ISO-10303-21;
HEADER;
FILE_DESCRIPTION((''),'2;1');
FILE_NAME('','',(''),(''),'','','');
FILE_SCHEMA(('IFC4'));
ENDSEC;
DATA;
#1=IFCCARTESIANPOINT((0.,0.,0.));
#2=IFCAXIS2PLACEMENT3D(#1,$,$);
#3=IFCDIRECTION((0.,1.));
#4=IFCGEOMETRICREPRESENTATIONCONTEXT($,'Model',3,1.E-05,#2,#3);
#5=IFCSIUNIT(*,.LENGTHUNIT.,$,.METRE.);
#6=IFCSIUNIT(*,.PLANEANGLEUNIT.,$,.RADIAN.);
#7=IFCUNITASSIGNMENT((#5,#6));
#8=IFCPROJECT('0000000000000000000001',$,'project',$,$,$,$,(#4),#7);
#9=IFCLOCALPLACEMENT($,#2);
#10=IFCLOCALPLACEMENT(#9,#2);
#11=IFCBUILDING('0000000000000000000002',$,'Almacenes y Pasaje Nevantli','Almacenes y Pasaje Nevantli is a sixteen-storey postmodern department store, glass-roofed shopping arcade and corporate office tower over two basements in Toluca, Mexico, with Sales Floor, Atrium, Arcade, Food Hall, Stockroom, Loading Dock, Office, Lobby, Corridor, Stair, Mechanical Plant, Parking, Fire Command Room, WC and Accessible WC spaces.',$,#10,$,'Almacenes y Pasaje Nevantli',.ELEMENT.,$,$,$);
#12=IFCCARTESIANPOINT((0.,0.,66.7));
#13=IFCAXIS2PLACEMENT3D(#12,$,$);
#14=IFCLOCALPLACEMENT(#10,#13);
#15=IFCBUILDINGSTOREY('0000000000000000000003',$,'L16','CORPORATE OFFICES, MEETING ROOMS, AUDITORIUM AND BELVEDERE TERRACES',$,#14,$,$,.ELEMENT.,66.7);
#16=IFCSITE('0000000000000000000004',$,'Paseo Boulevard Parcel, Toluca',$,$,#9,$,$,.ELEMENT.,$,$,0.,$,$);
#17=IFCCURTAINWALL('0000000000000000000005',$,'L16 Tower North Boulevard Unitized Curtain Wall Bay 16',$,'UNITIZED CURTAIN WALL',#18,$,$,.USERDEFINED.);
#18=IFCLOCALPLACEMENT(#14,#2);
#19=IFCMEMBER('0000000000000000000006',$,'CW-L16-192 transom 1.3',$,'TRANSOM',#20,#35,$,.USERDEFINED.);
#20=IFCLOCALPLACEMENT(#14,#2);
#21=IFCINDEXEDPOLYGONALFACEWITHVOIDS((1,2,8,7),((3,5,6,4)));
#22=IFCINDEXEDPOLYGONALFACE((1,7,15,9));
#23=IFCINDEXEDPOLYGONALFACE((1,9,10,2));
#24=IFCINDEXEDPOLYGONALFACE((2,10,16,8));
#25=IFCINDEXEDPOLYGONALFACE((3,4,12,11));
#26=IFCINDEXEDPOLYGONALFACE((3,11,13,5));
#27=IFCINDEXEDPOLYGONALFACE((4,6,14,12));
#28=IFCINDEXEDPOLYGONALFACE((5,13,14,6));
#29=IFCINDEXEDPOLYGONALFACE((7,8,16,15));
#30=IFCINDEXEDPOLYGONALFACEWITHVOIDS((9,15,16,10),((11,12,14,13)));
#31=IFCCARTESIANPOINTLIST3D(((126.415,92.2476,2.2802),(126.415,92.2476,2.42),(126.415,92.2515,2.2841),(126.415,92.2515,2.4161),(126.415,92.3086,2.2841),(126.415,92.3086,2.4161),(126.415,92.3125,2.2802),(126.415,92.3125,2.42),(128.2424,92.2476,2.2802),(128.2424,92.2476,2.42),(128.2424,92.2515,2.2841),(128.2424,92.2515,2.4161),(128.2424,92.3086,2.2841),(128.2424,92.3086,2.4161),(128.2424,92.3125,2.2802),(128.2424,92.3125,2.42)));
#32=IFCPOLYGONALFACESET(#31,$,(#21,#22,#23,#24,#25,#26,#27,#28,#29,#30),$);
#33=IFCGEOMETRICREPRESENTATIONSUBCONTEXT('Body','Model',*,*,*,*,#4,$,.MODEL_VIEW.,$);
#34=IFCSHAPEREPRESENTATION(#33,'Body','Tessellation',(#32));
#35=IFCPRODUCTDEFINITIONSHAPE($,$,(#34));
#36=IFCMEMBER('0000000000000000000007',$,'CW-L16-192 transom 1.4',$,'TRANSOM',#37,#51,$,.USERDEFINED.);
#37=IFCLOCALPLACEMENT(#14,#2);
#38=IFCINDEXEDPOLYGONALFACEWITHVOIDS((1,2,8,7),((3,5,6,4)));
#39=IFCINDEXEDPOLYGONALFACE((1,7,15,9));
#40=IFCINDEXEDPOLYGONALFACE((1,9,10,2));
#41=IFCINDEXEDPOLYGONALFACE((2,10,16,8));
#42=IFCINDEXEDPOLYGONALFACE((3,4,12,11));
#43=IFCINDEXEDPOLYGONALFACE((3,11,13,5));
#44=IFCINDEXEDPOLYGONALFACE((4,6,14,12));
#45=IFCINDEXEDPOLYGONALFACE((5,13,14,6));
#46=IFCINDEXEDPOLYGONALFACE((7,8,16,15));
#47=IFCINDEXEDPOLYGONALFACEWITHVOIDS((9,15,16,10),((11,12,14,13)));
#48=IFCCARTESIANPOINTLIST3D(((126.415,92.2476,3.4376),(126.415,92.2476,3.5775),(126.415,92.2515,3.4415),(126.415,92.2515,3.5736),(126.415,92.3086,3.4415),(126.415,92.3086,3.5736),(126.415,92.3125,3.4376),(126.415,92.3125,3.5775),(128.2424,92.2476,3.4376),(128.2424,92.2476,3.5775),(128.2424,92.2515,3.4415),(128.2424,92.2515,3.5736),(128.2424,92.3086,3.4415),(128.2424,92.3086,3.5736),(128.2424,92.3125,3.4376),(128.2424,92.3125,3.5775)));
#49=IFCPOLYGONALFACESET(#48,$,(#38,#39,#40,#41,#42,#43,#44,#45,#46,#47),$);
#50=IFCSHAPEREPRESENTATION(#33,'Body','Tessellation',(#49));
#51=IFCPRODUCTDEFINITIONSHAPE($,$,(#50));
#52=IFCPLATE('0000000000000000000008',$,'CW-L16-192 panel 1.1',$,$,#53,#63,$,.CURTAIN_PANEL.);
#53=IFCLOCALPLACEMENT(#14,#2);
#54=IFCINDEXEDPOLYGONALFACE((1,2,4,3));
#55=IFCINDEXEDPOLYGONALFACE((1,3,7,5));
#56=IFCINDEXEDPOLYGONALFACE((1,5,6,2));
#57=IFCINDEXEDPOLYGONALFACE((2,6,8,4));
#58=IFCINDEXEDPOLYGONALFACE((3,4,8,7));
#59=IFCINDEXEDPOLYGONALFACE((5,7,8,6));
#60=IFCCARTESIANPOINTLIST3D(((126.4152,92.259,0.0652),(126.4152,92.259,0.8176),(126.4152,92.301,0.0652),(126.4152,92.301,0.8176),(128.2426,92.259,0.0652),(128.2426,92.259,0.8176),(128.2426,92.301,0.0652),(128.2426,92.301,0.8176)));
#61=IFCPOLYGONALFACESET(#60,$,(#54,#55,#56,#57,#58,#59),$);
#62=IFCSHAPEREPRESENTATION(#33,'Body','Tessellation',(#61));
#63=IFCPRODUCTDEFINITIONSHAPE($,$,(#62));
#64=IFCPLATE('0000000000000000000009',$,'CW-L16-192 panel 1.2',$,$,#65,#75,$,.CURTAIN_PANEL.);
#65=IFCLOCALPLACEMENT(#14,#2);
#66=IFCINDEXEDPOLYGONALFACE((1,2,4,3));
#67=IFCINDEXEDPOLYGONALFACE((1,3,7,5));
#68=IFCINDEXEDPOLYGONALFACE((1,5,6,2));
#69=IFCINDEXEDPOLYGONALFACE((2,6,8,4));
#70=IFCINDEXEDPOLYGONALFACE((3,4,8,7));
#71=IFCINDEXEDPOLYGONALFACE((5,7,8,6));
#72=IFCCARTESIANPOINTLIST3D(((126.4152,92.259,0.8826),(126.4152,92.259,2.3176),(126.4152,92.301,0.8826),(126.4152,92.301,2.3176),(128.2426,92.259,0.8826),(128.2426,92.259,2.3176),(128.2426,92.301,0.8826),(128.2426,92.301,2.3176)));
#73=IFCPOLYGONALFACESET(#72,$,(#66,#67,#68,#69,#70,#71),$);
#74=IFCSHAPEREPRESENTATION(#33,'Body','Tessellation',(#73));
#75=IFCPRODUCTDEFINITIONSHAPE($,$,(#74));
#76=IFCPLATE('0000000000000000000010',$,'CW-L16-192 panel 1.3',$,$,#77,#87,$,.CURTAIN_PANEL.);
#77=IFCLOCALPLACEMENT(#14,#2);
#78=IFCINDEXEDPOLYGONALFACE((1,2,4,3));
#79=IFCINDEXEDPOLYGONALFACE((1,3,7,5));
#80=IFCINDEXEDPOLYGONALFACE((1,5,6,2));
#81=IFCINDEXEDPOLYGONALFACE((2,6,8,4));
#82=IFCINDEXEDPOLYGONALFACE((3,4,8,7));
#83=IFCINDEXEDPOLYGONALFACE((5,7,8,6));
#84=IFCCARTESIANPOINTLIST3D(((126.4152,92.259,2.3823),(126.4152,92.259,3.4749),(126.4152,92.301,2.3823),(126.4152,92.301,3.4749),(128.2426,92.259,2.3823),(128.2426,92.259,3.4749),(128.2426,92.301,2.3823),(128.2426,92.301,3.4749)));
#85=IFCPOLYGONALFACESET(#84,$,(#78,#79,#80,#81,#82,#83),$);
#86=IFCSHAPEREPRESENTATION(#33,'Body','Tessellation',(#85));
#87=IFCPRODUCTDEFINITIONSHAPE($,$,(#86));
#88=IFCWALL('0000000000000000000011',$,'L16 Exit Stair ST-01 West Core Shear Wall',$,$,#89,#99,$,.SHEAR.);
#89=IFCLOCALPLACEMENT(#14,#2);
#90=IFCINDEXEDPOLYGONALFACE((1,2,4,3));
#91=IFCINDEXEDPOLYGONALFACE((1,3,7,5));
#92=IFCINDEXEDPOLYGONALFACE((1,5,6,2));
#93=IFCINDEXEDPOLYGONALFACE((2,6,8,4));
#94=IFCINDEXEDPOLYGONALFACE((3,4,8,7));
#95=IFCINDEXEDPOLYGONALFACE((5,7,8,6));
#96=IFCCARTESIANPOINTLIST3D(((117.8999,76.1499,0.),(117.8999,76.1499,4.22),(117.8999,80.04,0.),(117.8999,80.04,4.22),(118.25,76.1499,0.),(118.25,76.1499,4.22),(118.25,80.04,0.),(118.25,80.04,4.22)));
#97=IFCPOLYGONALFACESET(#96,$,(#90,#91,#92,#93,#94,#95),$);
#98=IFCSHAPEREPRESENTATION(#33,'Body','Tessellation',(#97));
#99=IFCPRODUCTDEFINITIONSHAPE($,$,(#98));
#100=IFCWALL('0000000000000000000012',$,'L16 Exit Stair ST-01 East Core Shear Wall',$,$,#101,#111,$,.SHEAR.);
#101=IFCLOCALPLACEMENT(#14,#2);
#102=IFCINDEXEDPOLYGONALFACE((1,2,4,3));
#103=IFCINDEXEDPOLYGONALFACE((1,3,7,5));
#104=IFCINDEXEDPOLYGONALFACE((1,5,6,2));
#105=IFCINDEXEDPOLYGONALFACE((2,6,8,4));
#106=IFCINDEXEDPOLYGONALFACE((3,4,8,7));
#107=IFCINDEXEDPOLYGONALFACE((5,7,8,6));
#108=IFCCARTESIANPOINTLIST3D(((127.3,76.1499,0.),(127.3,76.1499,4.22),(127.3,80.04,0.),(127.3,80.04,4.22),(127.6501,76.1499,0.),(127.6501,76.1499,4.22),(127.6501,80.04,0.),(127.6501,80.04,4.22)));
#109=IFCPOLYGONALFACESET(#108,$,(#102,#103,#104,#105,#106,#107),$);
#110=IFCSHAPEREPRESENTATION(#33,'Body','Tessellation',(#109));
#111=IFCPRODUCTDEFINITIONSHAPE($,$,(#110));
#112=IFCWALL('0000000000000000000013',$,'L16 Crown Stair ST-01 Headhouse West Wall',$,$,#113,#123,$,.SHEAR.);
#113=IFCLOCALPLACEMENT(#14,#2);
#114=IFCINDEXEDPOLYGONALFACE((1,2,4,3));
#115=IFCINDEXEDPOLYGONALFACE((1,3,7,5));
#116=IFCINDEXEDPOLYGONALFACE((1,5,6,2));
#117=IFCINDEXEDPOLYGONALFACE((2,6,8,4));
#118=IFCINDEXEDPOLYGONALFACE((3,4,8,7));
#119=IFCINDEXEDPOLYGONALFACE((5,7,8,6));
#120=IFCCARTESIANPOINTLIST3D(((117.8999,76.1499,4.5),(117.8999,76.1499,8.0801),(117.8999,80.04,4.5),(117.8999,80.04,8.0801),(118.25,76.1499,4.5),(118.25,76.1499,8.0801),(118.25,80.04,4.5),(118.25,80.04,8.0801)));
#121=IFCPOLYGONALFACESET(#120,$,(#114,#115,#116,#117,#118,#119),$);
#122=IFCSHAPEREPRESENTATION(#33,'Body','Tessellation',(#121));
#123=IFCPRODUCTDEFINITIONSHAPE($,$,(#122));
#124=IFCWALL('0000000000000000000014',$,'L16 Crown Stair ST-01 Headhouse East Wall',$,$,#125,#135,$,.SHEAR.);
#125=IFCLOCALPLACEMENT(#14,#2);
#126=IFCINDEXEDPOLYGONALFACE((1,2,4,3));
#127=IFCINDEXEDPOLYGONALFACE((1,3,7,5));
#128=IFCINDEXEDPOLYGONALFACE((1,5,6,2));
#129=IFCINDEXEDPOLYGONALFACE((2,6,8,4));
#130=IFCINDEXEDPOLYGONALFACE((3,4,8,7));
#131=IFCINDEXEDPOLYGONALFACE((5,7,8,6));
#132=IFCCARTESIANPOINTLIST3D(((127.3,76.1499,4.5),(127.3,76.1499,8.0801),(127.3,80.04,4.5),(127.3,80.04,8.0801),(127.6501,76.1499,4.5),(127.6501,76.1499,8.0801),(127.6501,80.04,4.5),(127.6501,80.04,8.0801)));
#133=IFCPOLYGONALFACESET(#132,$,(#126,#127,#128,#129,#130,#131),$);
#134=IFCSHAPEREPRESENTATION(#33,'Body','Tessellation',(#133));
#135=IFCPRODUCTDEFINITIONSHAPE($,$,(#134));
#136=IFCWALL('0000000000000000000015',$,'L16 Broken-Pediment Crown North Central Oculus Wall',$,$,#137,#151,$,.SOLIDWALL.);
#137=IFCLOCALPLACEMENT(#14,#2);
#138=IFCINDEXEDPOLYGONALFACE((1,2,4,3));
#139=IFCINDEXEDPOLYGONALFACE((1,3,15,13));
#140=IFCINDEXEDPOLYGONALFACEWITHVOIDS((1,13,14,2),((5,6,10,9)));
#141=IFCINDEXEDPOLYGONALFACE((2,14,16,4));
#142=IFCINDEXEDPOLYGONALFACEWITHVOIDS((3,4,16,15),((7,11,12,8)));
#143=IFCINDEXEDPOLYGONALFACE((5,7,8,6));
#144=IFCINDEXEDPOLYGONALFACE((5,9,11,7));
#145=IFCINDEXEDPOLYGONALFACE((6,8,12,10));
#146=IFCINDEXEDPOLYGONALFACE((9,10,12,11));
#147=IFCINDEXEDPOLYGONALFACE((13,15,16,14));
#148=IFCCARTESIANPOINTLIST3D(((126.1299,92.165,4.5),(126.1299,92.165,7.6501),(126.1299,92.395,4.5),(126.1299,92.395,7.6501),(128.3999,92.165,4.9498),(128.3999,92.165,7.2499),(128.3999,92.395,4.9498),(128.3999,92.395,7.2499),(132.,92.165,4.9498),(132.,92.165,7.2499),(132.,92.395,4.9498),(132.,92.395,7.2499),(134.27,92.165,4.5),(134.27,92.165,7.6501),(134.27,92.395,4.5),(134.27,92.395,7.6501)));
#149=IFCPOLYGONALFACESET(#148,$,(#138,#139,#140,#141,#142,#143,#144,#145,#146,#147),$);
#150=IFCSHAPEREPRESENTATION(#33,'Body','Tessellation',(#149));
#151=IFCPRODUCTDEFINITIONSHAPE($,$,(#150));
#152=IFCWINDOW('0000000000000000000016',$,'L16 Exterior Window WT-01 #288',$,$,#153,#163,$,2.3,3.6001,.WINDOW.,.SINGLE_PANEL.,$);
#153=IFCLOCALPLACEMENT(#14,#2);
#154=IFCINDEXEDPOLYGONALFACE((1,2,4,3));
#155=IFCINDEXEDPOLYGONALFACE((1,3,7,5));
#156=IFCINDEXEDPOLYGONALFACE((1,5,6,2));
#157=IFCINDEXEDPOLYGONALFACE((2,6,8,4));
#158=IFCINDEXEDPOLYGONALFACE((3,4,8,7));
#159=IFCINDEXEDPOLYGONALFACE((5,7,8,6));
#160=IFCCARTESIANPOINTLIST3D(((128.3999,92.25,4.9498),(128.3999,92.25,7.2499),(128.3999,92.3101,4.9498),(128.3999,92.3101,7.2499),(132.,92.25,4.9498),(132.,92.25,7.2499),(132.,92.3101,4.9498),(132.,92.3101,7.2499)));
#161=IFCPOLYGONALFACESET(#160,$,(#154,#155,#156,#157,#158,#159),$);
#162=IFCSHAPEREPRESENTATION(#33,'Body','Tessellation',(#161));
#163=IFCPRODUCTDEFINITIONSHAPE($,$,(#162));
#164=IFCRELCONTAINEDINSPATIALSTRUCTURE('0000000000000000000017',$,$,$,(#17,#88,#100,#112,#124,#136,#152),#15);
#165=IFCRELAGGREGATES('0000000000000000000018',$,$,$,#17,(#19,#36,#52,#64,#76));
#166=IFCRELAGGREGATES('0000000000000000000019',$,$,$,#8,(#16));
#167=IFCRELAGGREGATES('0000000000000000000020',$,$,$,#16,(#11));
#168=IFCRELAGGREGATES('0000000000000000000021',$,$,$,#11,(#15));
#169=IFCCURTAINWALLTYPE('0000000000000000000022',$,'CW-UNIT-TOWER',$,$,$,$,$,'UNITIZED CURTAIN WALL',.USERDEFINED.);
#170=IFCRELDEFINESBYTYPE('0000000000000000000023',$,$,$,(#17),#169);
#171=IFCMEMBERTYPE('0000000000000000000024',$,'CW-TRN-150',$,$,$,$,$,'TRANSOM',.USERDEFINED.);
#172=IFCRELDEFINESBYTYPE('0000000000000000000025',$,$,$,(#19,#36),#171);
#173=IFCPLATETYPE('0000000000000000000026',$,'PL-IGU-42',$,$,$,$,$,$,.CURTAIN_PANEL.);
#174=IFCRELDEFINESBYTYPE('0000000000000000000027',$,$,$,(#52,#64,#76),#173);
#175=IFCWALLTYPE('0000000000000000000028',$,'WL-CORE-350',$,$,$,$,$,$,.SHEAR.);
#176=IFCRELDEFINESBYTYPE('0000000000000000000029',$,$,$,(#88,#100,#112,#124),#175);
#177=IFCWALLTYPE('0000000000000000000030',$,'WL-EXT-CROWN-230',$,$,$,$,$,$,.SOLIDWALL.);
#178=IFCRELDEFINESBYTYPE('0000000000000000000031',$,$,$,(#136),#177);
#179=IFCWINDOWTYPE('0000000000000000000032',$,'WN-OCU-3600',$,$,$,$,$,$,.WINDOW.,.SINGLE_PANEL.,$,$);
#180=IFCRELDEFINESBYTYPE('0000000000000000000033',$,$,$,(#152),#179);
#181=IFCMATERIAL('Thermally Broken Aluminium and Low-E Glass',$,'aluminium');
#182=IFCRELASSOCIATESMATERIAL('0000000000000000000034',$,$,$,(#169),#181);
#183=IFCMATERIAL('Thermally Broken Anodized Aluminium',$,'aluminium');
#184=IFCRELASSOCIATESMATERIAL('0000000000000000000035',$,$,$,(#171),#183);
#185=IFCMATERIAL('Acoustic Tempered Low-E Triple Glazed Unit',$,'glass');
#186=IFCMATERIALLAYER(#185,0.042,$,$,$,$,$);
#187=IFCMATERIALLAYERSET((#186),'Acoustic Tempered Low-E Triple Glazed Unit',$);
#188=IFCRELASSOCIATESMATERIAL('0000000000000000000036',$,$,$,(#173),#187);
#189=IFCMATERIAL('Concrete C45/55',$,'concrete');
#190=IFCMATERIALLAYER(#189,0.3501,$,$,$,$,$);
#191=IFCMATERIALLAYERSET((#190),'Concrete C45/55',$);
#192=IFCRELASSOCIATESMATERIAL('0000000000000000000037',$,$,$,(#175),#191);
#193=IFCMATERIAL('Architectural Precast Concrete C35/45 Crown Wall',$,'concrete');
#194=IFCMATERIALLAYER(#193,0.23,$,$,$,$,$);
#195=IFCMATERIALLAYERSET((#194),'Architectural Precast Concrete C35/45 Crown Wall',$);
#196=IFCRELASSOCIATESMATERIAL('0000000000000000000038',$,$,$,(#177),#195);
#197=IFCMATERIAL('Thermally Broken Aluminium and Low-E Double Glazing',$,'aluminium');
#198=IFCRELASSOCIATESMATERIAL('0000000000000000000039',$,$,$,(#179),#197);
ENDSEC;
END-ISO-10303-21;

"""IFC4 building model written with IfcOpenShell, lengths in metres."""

from ifc_helpers import new_model, si_unit, direction, frame, frame_2d, origin, origin_2d, place, context, subcontext, project, spatial, rectangle, hollow_rectangle, extrude, material, layer, layer_set, material_profile, profile_set, type_object, element, fill, aggregate, save


model = new_model("IFC4")

# Units and contexts
model_context = context("Model", 3, precision=1e-05, world=origin(), true_north=direction((0.0, 1.0)))
body_context = subcontext(model_context, "Body", "Model", "MODEL_VIEW")
ifc_project = project(units=[si_unit("LENGTHUNIT", "METRE"), si_unit("PLANEANGLEUNIT", "RADIAN")], contexts=[model_context])

# Site, building, storey
site_placement = place(None, origin())
site = spatial("IfcSite", under=ifc_project, at=site_placement, Name="Paseo Boulevard Parcel, Toluca", CompositionType="ELEMENT", RefElevation=0.0)
building_placement = place(site_placement, origin())
building = spatial("IfcBuilding", under=site, at=building_placement, Name="Almacenes y Pasaje Nevantli", Description="Almacenes y Pasaje Nevantli is a sixteen-storey postmodern department store, glass-roofed shopping arcade and corporate office tower over two basements in Toluca, Mexico, with Sales Floor, Atrium, Arcade, Food Hall, Stockroom, Loading Dock, Office, Lobby, Corridor, Stair, Mechanical Plant, Parking, Fire Command Room, WC and Accessible WC spaces.", LongName="Almacenes y Pasaje Nevantli", CompositionType="ELEMENT")
storey_placement = place(building_placement, frame((0.0, 0.0, 66.7)))
storey = spatial("IfcBuildingStorey", under=building, at=storey_placement, Name="L16", Description="CORPORATE OFFICES, MEETING ROOMS, AUDITORIUM AND BELVEDERE TERRACES", CompositionType="ELEMENT", Elevation=66.7)

# Curtain wall, members, plates
ifc_material_1 = material(Name="Thermally Broken Aluminium and Low-E Glass", Category="aluminium")
curtain_wall_type = type_object("IfcCurtainWallType", Name="CW-UNIT-TOWER", ElementType="UNITIZED CURTAIN WALL", PredefinedType="USERDEFINED", material=ifc_material_1)
curtain_wall_placement = place(storey_placement, origin())
curtain_wall = element("IfcCurtainWall", 1, at=curtain_wall_placement, inside=storey, type_object=curtain_wall_type, Name="L16 Tower North Boulevard Unitized Curtain Wall Bay 16", ObjectType="UNITIZED CURTAIN WALL", PredefinedType="USERDEFINED")
ifc_material_2 = material(Name="Thermally Broken Anodized Aluminium", Category="aluminium")
ifc_material_profile_1 = material_profile(ifc_material_2, hollow_rectangle(XDim=0.0649, YDim=0.1399, WallThickness=0.0039, at=origin_2d()), Name="ALU-TRN-65x140")
ifc_profile_set_1 = profile_set([ifc_material_profile_1], Name="Thermally Broken Anodized Aluminium")
member_type_1 = type_object("IfcMemberType", Name="CW-TRN-150", ElementType="TRANSOM", PredefinedType="USERDEFINED", material=ifc_profile_set_1)
member_1_placement = place(storey_placement, frame((126.415, 92.28, 2.3501), z_axis=(1.0, 0.0, 0.0), x_axis=(0.0, 1.0, 0.0)))
member_1 = element("IfcMember", 2, at=member_1_placement, type_object=member_type_1, Name="CW-L16-192 transom 1.3", ObjectType="TRANSOM", PredefinedType="USERDEFINED", context=body_context, shape_type="SweptSolid", body=[
    extrude(hollow_rectangle(XDim=0.0649, YDim=0.1399, WallThickness=0.0039, at=origin_2d()), origin(), (0.0, 0.0, 1.0), 1.8274),
])
member_2_placement = place(storey_placement, frame((126.415, 92.28, 3.5076), z_axis=(1.0, 0.0, 0.0), x_axis=(0.0, 1.0, 0.0)))
member_2 = element("IfcMember", 3, at=member_2_placement, type_object=member_type_1, Name="CW-L16-192 transom 1.4", ObjectType="TRANSOM", PredefinedType="USERDEFINED", context=body_context, shape_type="SweptSolid", body=[
    extrude(hollow_rectangle(XDim=0.0649, YDim=0.1399, WallThickness=0.0039, at=origin_2d()), origin(), (0.0, 0.0, 1.0), 1.8274),
])
ifc_material_3 = material(Name="Acoustic Tempered Low-E Triple Glazed Unit", Category="glass")
ifc_layer_1 = layer(ifc_material_3, 0.042)
ifc_layer_set_1 = layer_set([ifc_layer_1], Name="Acoustic Tempered Low-E Triple Glazed Unit")
plate_type = type_object("IfcPlateType", Name="PL-IGU-42", PredefinedType="CURTAIN_PANEL", material=ifc_layer_set_1)
plate_1_placement = place(storey_placement, frame((127.3289, 92.28, 0.0652), z_axis=(0.0, 0.0, 1.0), x_axis=(1.0, 0.0, 0.0)))
plate_1 = element("IfcPlate", 4, at=plate_1_placement, type_object=plate_type, Name="CW-L16-192 panel 1.1", PredefinedType="CURTAIN_PANEL", context=body_context, shape_type="SweptSolid", body=[
    extrude(rectangle(XDim=1.8274, YDim=0.042, at=origin_2d()), origin(), (0.0, 0.0, 1.0), 0.7524),
])
plate_2_placement = place(storey_placement, frame((127.3289, 92.28, 0.8826), z_axis=(0.0, 0.0, 1.0), x_axis=(1.0, 0.0, 0.0)))
plate_2 = element("IfcPlate", 5, at=plate_2_placement, type_object=plate_type, Name="CW-L16-192 panel 1.2", PredefinedType="CURTAIN_PANEL", context=body_context, shape_type="SweptSolid", body=[
    extrude(rectangle(XDim=1.8274, YDim=0.042, at=origin_2d()), origin(), (0.0, 0.0, 1.0), 1.4351),
])
plate_3_placement = place(storey_placement, frame((127.3289, 92.28, 2.3823), z_axis=(0.0, 0.0, 1.0), x_axis=(1.0, 0.0, 0.0)))
plate_3 = element("IfcPlate", 6, at=plate_3_placement, type_object=plate_type, Name="CW-L16-192 panel 1.3", PredefinedType="CURTAIN_PANEL", context=body_context, shape_type="SweptSolid", body=[
    extrude(rectangle(XDim=1.8274, YDim=0.042, at=origin_2d()), origin(), (0.0, 0.0, 1.0), 1.0925),
])
aggregate(curtain_wall, [member_1, member_2, plate_1, plate_2, plate_3])

# Walls
ifc_material_4 = material(Name="Concrete C45/55", Category="concrete")
ifc_layer_2 = layer(ifc_material_4, 0.3501)
ifc_layer_set_2 = layer_set([ifc_layer_2], Name="Concrete C45/55")
wall_type_1 = type_object("IfcWallType", Name="WL-CORE-350", PredefinedType="SHEAR", material=ifc_layer_set_2)
for number, where, z_axis, x_axis, name in (
    (7, (118.075, 76.1499, 0.0), (0.0, 0.0, 1.0), (0.0, 1.0, 0.0), "L16 Exit Stair ST-01 West Core Shear Wall"),
    (8, (127.4751, 76.1499, 0.0), (0.0, 0.0, 1.0), (0.0, 1.0, 0.0), "L16 Exit Stair ST-01 East Core Shear Wall"),
):
    element("IfcWall", number, at=place(storey_placement, frame(where, z_axis=z_axis, x_axis=x_axis)), inside=storey, type_object=wall_type_1, Name=name, PredefinedType="SHEAR", context=body_context, shape_type="SweptSolid", body=[
        extrude(rectangle(XDim=3.8901, YDim=0.3501, at=frame_2d((1.9451, 0.0))), origin(), (0.0, 0.0, 1.0), 4.22),
    ])
for number, where, z_axis, x_axis, name in (
    (9, (118.075, 76.1499, 4.5), (0.0, 0.0, 1.0), (0.0, 1.0, 0.0), "L16 Crown Stair ST-01 Headhouse West Wall"),
    (10, (127.4751, 76.1499, 4.5), (0.0, 0.0, 1.0), (0.0, 1.0, 0.0), "L16 Crown Stair ST-01 Headhouse East Wall"),
):
    element("IfcWall", number, at=place(storey_placement, frame(where, z_axis=z_axis, x_axis=x_axis)), inside=storey, type_object=wall_type_1, Name=name, PredefinedType="SHEAR", context=body_context, shape_type="SweptSolid", body=[
        extrude(rectangle(XDim=3.8901, YDim=0.3501, at=frame_2d((1.9451, 0.0))), origin(), (0.0, 0.0, 1.0), 3.5801),
    ])

# Wall, opening, window
ifc_material_5 = material(Name="Architectural Precast Concrete C35/45 Crown Wall", Category="concrete")
ifc_layer_3 = layer(ifc_material_5, 0.23)
ifc_layer_set_3 = layer_set([ifc_layer_3], Name="Architectural Precast Concrete C35/45 Crown Wall")
wall_type_2 = type_object("IfcWallType", Name="WL-EXT-CROWN-230", PredefinedType="SOLIDWALL", material=ifc_layer_set_3)
wall_1_placement = place(storey_placement, frame((126.1299, 92.28, 4.5), z_axis=(0.0, 0.0, 1.0), x_axis=(1.0, 0.0, 0.0)))
wall_1 = element("IfcWall", 11, at=wall_1_placement, inside=storey, type_object=wall_type_2, Name="L16 Broken-Pediment Crown North Central Oculus Wall", PredefinedType="SOLIDWALL", context=body_context, shape_type="SweptSolid", body=[
    extrude(rectangle(XDim=8.1401, YDim=0.23, at=frame_2d((4.0701, 0.0))), origin(), (0.0, 0.0, 1.0), 3.1501),
])
opening_1_placement = place(wall_1_placement, frame((2.27, 0.0, 0.45)))
opening_1 = element("IfcOpeningElement", 12, at=opening_1_placement, cuts=wall_1, PredefinedType="OPENING", context=body_context, shape_type="SweptSolid", body=[
    extrude(rectangle(XDim=3.6001, YDim=2.3, at=frame_2d((1.8, 1.1499))), frame((0.0, 0.125, 0.0), z_axis=(0.0, -1.0, 0.0), x_axis=(1.0, 0.0, 0.0)), (0.0, 0.0, 1.0), 0.25),
])
ifc_material_6 = material(Name="Thermally Broken Aluminium and Low-E Double Glazing", Category="aluminium")
window_type = type_object("IfcWindowType", Name="WN-OCU-3600", PartitioningType="SINGLE_PANEL", PredefinedType="WINDOW", material=ifc_material_6)
window_placement = place(opening_1_placement, origin())
window = element("IfcWindow", 13, at=window_placement, inside=storey, type_object=window_type, Name="L16 Exterior Window WT-01 #288", OverallHeight=2.3, OverallWidth=3.6001, PartitioningType="SINGLE_PANEL", PredefinedType="WINDOW", context=body_context, shape_type="SweptSolid", body=[
    extrude(rectangle(XDim=3.6001, YDim=2.3, at=frame_2d((1.8, 1.1499))), frame((0.0, 0.03, 0.0), z_axis=(0.0, -1.0, 0.0), x_axis=(1.0, 0.0, 0.0)), (0.0, 0.0, 1.0), 0.0601),
])
fill(opening_1, window)

save(model, "model.ifc")
